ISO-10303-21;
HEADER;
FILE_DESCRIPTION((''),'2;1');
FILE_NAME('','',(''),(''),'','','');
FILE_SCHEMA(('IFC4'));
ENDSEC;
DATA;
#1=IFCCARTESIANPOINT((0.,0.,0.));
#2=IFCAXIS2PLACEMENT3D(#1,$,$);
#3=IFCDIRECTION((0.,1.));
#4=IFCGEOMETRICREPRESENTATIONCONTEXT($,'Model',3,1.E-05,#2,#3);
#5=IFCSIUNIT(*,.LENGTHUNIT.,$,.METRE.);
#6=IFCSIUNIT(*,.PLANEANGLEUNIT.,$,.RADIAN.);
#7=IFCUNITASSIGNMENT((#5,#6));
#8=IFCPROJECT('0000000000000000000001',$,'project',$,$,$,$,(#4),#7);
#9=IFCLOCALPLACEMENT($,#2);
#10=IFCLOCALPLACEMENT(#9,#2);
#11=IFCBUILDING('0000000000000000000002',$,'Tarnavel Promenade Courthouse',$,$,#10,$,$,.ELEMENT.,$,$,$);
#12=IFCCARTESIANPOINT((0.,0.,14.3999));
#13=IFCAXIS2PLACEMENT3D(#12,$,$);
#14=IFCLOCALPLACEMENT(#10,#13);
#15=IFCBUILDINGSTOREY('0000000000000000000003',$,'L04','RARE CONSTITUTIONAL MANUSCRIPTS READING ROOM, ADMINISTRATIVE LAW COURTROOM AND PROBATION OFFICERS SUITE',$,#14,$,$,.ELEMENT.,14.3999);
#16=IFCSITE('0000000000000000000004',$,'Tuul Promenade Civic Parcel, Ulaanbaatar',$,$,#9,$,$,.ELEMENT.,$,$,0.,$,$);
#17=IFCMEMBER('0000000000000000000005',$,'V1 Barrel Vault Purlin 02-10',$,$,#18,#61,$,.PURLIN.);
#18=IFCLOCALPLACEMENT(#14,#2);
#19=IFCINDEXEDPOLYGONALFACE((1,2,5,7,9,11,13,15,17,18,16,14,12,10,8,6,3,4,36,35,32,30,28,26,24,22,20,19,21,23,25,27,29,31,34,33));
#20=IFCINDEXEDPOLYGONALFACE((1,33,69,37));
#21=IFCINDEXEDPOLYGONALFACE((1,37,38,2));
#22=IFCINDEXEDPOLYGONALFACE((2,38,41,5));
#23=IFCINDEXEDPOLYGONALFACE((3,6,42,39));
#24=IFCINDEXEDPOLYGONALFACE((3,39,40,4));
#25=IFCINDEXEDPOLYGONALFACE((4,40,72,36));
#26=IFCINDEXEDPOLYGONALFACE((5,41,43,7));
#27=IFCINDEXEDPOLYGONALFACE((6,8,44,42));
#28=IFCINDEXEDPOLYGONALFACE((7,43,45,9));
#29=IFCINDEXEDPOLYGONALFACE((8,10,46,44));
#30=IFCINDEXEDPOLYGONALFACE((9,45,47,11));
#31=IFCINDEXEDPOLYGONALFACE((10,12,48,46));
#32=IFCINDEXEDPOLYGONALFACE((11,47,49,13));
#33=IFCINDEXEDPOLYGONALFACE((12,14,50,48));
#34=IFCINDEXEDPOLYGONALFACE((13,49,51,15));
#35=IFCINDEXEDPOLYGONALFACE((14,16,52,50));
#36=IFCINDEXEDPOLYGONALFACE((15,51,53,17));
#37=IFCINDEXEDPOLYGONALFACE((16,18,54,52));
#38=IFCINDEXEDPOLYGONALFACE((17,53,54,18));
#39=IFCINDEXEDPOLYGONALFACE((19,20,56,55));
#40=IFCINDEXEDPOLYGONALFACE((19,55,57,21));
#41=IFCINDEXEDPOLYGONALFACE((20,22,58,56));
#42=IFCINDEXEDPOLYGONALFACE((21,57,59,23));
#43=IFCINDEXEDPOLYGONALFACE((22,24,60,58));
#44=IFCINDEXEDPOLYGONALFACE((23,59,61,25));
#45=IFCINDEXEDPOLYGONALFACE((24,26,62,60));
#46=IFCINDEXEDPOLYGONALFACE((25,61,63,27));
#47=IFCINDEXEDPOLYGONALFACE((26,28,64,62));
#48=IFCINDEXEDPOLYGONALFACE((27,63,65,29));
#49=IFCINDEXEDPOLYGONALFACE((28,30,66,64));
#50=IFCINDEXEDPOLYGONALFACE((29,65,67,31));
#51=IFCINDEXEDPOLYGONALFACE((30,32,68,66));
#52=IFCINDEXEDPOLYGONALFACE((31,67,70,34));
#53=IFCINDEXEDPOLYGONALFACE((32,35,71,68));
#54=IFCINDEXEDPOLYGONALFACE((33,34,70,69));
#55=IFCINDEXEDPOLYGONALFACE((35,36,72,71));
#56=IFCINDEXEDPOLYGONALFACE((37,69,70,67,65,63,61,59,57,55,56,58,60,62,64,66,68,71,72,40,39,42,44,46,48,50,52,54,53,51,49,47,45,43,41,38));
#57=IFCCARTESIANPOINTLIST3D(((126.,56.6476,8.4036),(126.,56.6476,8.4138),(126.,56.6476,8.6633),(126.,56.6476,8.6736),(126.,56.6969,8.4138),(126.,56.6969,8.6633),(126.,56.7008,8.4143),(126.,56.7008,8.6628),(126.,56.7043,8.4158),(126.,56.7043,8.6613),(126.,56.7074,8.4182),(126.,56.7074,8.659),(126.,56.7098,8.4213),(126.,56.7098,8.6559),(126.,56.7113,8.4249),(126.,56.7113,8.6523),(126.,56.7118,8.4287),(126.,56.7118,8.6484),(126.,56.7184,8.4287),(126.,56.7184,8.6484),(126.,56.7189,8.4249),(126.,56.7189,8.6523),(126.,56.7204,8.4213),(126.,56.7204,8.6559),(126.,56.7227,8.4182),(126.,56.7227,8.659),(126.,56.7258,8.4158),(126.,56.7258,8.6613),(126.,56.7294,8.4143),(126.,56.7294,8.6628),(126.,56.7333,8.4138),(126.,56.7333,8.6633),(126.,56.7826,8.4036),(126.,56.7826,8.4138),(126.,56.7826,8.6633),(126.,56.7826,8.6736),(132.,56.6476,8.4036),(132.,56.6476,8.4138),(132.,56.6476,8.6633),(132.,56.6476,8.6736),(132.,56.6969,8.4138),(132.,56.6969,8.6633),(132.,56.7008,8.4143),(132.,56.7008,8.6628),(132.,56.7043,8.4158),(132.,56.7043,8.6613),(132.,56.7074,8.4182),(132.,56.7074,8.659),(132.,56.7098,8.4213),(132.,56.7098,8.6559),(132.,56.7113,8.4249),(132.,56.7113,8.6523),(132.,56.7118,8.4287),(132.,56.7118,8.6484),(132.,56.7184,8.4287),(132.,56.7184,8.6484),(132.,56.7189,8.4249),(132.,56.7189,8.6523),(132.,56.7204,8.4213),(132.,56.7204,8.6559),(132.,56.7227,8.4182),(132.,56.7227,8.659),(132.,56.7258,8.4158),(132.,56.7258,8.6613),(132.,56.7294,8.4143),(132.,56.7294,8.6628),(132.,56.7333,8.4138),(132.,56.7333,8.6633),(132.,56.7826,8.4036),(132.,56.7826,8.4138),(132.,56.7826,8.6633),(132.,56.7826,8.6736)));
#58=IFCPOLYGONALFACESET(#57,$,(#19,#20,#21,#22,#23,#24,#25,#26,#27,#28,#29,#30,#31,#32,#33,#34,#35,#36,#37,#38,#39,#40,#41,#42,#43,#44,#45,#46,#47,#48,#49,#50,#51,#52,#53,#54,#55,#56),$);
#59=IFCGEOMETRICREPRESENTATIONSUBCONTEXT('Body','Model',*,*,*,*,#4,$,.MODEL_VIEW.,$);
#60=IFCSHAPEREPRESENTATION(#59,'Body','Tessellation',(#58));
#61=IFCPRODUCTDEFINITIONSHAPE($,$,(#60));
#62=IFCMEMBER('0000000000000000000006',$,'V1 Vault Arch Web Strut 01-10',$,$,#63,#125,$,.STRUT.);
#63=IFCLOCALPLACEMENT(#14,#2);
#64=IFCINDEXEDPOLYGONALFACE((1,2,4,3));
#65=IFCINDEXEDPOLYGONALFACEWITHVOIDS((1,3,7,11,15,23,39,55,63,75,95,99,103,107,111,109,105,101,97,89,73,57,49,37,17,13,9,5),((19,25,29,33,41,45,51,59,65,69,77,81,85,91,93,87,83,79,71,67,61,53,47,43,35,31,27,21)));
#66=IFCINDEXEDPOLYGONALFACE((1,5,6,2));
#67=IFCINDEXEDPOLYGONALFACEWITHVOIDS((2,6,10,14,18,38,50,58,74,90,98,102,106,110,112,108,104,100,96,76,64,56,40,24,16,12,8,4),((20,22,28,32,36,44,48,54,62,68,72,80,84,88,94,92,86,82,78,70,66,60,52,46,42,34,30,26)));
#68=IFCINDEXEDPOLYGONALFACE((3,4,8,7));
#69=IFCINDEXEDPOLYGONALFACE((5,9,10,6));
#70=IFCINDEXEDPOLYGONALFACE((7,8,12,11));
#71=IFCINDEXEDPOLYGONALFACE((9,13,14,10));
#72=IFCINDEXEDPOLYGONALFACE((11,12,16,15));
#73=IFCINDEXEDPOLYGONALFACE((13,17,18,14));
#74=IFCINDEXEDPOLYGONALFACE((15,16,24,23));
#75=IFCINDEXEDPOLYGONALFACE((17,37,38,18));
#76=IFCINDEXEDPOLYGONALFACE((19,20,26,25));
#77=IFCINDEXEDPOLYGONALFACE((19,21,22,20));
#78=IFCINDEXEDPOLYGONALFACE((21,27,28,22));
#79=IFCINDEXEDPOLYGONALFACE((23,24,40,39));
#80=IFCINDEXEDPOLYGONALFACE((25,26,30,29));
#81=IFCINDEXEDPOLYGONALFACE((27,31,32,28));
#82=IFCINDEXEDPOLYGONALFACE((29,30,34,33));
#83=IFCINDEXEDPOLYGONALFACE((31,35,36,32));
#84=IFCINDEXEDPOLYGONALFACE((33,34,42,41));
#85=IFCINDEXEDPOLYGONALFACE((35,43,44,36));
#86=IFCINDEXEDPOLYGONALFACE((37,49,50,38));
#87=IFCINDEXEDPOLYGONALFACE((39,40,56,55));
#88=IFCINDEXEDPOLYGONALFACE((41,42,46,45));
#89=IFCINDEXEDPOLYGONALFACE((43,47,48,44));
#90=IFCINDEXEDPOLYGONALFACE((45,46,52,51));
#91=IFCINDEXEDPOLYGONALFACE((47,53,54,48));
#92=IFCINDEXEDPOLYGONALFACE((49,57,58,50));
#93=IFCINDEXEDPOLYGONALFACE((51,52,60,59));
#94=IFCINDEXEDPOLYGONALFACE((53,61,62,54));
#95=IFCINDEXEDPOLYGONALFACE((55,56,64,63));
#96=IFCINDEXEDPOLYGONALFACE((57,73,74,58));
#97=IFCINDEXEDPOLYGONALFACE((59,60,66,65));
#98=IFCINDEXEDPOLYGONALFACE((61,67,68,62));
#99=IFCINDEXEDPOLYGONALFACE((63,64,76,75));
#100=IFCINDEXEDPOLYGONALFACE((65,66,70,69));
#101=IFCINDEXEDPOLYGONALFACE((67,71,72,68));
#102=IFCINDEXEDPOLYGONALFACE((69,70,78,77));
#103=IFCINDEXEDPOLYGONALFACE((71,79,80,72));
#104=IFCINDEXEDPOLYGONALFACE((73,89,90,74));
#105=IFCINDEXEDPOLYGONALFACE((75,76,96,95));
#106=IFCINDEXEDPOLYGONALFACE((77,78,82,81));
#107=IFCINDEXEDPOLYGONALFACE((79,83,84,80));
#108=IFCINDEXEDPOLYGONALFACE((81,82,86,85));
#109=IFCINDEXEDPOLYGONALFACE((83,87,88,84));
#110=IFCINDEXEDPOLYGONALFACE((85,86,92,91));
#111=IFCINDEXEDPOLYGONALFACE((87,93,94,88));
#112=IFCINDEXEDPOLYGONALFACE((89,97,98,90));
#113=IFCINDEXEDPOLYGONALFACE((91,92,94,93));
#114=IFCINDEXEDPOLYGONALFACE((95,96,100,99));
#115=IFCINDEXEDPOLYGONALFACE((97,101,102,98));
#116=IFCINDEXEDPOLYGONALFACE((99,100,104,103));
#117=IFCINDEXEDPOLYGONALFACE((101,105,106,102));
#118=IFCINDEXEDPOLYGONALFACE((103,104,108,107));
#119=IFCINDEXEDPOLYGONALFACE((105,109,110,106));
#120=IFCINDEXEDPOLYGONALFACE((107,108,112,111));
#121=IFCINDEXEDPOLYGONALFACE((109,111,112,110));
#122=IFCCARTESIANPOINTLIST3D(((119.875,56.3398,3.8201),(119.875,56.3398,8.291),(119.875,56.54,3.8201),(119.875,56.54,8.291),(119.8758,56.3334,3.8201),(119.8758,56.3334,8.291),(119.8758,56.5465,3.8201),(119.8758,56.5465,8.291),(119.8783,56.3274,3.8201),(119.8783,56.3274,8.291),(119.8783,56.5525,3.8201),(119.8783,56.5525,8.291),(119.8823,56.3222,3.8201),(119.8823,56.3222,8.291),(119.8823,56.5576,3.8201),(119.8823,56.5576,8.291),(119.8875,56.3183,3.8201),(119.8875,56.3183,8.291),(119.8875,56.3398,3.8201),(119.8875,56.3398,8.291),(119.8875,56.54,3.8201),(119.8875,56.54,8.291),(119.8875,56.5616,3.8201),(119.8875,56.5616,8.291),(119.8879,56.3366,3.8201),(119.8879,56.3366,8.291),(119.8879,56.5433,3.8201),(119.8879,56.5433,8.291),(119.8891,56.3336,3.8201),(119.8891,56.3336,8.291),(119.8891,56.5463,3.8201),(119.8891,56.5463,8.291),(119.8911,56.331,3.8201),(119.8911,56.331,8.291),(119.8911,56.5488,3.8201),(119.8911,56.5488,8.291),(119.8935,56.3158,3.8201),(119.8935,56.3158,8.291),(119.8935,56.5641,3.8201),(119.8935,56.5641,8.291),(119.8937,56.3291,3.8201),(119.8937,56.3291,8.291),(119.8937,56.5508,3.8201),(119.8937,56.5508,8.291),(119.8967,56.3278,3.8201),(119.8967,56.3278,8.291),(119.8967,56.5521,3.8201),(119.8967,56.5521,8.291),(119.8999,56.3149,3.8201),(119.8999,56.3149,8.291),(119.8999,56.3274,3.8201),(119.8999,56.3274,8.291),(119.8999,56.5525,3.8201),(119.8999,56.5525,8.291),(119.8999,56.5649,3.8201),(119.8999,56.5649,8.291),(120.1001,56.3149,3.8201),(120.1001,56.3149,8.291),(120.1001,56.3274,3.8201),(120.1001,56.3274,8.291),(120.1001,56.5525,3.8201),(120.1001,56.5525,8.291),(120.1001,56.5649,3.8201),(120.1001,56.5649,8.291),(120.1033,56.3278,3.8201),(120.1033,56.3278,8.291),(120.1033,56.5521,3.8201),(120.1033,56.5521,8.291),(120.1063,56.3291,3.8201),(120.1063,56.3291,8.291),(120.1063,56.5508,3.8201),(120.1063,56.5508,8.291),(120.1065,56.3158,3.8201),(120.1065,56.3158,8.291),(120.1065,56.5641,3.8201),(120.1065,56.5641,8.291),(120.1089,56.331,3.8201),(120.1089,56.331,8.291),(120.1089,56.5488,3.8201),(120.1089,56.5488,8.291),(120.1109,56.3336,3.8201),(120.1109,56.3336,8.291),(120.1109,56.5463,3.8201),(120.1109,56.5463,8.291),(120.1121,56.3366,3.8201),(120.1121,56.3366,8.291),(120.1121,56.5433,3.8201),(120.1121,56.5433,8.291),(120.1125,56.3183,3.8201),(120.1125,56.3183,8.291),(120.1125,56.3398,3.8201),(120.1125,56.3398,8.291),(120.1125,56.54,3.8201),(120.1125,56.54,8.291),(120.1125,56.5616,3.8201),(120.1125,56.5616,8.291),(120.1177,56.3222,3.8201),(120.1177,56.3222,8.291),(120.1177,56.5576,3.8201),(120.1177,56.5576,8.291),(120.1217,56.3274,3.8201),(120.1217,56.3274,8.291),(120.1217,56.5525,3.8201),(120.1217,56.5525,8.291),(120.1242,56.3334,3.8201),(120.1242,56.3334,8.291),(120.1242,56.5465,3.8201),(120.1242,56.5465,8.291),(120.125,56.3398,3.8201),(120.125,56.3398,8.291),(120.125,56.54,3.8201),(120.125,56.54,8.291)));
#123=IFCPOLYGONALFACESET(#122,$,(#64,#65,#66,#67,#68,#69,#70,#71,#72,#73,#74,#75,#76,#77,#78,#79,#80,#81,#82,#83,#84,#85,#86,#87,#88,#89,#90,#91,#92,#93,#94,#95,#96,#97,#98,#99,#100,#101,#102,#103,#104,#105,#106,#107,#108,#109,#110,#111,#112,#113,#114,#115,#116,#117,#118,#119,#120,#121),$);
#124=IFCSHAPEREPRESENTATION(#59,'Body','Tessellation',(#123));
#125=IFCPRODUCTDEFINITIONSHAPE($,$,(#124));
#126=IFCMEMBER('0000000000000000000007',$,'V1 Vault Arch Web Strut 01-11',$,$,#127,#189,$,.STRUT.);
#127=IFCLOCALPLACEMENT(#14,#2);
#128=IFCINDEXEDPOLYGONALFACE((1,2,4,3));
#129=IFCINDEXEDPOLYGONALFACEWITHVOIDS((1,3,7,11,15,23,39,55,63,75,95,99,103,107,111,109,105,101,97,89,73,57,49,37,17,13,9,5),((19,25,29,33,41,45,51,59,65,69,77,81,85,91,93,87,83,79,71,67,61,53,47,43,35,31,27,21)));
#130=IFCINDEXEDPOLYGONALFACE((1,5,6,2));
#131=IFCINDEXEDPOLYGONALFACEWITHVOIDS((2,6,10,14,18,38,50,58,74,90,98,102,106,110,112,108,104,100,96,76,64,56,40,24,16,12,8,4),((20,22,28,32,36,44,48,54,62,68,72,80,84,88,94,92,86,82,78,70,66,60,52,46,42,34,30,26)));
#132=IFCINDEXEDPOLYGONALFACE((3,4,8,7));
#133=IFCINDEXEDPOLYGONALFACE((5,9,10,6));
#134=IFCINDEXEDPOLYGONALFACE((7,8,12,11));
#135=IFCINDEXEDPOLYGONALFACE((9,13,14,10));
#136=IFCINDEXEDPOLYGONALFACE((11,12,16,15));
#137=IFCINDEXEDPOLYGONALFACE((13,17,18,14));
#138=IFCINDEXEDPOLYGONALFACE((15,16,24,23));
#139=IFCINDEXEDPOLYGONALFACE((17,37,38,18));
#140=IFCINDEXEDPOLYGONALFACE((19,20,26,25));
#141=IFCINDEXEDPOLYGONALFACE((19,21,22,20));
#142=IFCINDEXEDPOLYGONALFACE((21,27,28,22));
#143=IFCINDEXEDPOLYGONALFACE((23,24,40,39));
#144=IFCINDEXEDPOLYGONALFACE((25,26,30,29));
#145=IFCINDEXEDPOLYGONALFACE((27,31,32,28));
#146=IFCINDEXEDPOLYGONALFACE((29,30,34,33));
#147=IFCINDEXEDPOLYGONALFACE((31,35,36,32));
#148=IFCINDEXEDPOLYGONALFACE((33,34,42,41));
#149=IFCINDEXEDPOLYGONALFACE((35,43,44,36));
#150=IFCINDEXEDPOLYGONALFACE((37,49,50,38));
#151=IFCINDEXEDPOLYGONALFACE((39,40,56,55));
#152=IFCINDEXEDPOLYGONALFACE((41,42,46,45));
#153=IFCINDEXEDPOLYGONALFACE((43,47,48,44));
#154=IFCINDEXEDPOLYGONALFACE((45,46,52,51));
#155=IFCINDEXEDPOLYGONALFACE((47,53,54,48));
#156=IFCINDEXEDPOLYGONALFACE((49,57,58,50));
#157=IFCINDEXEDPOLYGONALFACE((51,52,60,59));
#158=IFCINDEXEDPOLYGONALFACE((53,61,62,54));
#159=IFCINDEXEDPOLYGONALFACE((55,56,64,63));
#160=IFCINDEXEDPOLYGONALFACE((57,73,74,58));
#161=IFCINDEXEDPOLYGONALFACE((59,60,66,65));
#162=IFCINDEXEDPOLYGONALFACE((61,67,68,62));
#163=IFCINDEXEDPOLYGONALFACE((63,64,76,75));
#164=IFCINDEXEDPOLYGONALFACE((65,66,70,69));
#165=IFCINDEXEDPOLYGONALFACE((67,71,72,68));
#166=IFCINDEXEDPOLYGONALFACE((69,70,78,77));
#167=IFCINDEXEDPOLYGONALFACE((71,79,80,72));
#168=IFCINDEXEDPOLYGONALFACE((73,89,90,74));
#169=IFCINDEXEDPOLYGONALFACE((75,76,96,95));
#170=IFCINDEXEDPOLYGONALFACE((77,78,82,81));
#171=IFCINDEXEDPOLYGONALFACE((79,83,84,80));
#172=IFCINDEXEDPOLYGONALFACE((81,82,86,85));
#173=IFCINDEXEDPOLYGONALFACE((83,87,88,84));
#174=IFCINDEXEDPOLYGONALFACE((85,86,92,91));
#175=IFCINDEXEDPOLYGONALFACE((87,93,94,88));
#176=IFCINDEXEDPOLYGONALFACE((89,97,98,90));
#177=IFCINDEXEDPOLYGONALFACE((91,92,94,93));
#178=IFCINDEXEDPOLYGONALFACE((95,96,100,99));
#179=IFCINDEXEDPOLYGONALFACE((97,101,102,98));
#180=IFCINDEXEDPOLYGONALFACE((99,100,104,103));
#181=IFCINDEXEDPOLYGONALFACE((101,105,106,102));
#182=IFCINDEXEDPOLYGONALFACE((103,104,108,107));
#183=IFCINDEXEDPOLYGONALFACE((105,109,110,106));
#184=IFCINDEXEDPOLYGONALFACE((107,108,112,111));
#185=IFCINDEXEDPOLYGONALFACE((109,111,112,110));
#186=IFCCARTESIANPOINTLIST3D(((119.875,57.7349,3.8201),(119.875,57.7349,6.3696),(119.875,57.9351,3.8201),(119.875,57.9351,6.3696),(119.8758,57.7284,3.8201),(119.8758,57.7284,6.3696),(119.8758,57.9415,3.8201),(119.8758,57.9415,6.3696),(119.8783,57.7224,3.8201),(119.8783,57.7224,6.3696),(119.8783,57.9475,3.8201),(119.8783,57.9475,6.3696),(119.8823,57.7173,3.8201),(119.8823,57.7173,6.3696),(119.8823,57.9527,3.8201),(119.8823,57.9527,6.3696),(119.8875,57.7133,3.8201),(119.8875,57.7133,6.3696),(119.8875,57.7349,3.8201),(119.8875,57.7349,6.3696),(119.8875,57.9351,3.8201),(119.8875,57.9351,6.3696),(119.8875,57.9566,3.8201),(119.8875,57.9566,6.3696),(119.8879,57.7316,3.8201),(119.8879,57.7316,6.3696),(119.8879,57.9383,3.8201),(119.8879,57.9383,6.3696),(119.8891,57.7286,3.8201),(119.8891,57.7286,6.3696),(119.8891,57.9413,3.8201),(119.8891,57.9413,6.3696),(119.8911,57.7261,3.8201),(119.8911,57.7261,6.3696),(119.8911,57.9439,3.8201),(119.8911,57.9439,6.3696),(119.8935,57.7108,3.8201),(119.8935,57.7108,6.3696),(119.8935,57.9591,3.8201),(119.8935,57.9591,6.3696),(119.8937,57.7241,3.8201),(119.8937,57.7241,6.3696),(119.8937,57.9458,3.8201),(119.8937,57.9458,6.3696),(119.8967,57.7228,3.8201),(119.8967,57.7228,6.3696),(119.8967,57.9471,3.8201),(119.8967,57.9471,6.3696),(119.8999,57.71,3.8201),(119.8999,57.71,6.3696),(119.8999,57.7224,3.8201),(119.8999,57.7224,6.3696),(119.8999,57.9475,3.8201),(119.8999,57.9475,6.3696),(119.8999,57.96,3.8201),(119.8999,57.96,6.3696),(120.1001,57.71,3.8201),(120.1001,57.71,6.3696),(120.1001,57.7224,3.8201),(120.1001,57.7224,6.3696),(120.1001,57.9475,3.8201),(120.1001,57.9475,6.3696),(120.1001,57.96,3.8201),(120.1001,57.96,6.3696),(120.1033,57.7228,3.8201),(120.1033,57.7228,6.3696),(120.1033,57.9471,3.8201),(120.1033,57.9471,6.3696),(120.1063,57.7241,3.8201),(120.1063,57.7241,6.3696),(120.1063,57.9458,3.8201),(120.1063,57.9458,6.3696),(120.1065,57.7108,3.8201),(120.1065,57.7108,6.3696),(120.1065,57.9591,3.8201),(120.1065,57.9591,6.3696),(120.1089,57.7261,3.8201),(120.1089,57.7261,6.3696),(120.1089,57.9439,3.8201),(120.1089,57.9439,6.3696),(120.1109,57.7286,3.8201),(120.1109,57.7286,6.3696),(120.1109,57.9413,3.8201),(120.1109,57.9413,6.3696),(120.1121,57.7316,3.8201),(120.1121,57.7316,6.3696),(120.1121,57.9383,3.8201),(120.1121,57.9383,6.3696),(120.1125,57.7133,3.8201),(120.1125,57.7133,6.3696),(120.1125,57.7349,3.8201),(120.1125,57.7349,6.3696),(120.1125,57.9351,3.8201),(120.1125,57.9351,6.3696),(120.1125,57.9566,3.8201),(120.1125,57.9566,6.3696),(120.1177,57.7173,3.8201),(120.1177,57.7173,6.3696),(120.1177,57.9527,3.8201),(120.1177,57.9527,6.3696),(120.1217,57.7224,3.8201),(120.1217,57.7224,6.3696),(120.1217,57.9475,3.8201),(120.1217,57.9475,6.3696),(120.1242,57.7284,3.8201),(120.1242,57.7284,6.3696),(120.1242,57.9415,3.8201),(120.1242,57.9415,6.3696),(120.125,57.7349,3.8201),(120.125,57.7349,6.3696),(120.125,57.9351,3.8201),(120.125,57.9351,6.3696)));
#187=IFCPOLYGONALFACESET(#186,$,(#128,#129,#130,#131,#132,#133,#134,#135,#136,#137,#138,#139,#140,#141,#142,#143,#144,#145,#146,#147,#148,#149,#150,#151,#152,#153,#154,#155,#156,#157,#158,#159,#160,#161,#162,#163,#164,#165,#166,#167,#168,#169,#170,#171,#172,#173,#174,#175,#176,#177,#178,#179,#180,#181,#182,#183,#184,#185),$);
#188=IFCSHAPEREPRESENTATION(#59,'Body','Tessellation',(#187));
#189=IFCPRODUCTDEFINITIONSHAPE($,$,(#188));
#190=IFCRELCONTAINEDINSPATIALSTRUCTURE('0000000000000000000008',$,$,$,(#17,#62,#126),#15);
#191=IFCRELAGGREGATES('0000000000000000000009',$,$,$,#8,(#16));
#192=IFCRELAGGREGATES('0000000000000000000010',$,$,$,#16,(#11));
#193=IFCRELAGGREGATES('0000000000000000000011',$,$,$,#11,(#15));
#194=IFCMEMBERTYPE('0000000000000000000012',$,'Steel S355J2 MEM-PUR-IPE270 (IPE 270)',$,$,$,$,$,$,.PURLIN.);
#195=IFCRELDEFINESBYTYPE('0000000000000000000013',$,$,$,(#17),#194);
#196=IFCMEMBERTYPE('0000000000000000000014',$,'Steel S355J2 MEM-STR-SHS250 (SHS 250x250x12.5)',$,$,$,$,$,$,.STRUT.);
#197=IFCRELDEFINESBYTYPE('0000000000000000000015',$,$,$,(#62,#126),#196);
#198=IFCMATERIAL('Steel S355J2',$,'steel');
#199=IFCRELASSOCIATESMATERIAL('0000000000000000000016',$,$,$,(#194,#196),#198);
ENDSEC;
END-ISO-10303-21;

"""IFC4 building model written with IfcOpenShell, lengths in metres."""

from ifc_helpers import new_model, si_unit, direction, frame, origin, origin_2d, place, context, subcontext, project, spatial, hollow_rectangle, i_section, extrude, material, material_profile, profile_set, type_object, element, save


model = new_model("IFC4")

# Units and contexts
model_context = context("Model", 3, precision=1e-05, world=origin(), true_north=direction((0.0, 1.0)))
body_context = subcontext(model_context, "Body", "Model", "MODEL_VIEW")
ifc_project = project(units=[si_unit("LENGTHUNIT", "METRE"), si_unit("PLANEANGLEUNIT", "RADIAN")], contexts=[model_context])

# Site, building, storey
site_placement = place(None, origin())
site = spatial("IfcSite", under=ifc_project, at=site_placement, Name="Tuul Promenade Civic Parcel, Ulaanbaatar", CompositionType="ELEMENT", RefElevation=0.0)
building_placement = place(site_placement, origin())
building = spatial("IfcBuilding", under=site, at=building_placement, Name="Tarnavel Promenade Courthouse", CompositionType="ELEMENT")
storey_placement = place(building_placement, frame((0.0, 0.0, 14.3999)))
storey = spatial("IfcBuildingStorey", under=building, at=storey_placement, Name="L04", Description="RARE CONSTITUTIONAL MANUSCRIPTS READING ROOM, ADMINISTRATIVE LAW COURTROOM AND PROBATION OFFICERS SUITE", CompositionType="ELEMENT", Elevation=14.3999)

# Shared definitions
ifc_material_1 = material(Name="Steel S355J2", Category="steel")

# Members
ifc_material_profile_1 = material_profile(ifc_material_1, i_section(OverallWidth=0.135, OverallDepth=0.27, WebThickness=0.0066, FlangeThickness=0.0103, FilletRadius=0.0149, at=origin_2d()), Name="IPE 270")
ifc_profile_set_1 = profile_set([ifc_material_profile_1], Name="Steel S355J2")
member_type_1 = type_object("IfcMemberType", Name="Steel S355J2 MEM-PUR-IPE270 (IPE 270)", PredefinedType="PURLIN", material=ifc_profile_set_1)
for number, where, z_axis, x_axis, name in (
    (1, (126.0, 56.7151, 8.5386), (1.0, 0.0, 0.0), (0.0, 1.0, 0.0), "V1 Barrel Vault Purlin 02-10"),
):
    element("IfcMember", number, at=place(storey_placement, frame(where, z_axis=z_axis, x_axis=x_axis)), inside=storey, type_object=member_type_1, Name=name, PredefinedType="PURLIN", context=body_context, shape_type="SweptSolid", body=[
        extrude(i_section(OverallWidth=0.135, OverallDepth=0.27, WebThickness=0.0066, FlangeThickness=0.0103, FilletRadius=0.0149, at=origin_2d()), origin(), (0.0, 0.0, 1.0), 6.0),
    ])
ifc_material_profile_2 = material_profile(ifc_material_1, hollow_rectangle(XDim=0.25, YDim=0.25, WallThickness=0.0125, InnerFilletRadius=0.0125, OuterFilletRadius=0.0249, at=origin_2d()), Name="SHS 250x250x12.5")
ifc_profile_set_2 = profile_set([ifc_material_profile_2], Name="Steel S355J2")
member_type_2 = type_object("IfcMemberType", Name="Steel S355J2 MEM-STR-SHS250 (SHS 250x250x12.5)", PredefinedType="STRUT", material=ifc_profile_set_2)
member_1_placement = place(storey_placement, frame((120.0, 56.4399, 3.8201), z_axis=(0.0, 0.0, 1.0), x_axis=(1.0, 0.0, 0.0)))
element("IfcMember", 2, at=member_1_placement, inside=storey, type_object=member_type_2, Name="V1 Vault Arch Web Strut 01-10", PredefinedType="STRUT", context=body_context, shape_type="SweptSolid", body=[
    extrude(hollow_rectangle(XDim=0.25, YDim=0.25, WallThickness=0.0125, InnerFilletRadius=0.0125, OuterFilletRadius=0.0249, at=origin_2d()), origin(), (0.0, 0.0, 1.0), 4.4709),
])
member_2_placement = place(storey_placement, frame((120.0, 57.835, 3.8201), z_axis=(0.0, 0.0, 1.0), x_axis=(1.0, 0.0, 0.0)))
element("IfcMember", 3, at=member_2_placement, inside=storey, type_object=member_type_2, Name="V1 Vault Arch Web Strut 01-11", PredefinedType="STRUT", context=body_context, shape_type="SweptSolid", body=[
    extrude(hollow_rectangle(XDim=0.25, YDim=0.25, WallThickness=0.0125, InnerFilletRadius=0.0125, OuterFilletRadius=0.0249, at=origin_2d()), origin(), (0.0, 0.0, 1.0), 2.5496),
])

save(model, "model.ifc")
